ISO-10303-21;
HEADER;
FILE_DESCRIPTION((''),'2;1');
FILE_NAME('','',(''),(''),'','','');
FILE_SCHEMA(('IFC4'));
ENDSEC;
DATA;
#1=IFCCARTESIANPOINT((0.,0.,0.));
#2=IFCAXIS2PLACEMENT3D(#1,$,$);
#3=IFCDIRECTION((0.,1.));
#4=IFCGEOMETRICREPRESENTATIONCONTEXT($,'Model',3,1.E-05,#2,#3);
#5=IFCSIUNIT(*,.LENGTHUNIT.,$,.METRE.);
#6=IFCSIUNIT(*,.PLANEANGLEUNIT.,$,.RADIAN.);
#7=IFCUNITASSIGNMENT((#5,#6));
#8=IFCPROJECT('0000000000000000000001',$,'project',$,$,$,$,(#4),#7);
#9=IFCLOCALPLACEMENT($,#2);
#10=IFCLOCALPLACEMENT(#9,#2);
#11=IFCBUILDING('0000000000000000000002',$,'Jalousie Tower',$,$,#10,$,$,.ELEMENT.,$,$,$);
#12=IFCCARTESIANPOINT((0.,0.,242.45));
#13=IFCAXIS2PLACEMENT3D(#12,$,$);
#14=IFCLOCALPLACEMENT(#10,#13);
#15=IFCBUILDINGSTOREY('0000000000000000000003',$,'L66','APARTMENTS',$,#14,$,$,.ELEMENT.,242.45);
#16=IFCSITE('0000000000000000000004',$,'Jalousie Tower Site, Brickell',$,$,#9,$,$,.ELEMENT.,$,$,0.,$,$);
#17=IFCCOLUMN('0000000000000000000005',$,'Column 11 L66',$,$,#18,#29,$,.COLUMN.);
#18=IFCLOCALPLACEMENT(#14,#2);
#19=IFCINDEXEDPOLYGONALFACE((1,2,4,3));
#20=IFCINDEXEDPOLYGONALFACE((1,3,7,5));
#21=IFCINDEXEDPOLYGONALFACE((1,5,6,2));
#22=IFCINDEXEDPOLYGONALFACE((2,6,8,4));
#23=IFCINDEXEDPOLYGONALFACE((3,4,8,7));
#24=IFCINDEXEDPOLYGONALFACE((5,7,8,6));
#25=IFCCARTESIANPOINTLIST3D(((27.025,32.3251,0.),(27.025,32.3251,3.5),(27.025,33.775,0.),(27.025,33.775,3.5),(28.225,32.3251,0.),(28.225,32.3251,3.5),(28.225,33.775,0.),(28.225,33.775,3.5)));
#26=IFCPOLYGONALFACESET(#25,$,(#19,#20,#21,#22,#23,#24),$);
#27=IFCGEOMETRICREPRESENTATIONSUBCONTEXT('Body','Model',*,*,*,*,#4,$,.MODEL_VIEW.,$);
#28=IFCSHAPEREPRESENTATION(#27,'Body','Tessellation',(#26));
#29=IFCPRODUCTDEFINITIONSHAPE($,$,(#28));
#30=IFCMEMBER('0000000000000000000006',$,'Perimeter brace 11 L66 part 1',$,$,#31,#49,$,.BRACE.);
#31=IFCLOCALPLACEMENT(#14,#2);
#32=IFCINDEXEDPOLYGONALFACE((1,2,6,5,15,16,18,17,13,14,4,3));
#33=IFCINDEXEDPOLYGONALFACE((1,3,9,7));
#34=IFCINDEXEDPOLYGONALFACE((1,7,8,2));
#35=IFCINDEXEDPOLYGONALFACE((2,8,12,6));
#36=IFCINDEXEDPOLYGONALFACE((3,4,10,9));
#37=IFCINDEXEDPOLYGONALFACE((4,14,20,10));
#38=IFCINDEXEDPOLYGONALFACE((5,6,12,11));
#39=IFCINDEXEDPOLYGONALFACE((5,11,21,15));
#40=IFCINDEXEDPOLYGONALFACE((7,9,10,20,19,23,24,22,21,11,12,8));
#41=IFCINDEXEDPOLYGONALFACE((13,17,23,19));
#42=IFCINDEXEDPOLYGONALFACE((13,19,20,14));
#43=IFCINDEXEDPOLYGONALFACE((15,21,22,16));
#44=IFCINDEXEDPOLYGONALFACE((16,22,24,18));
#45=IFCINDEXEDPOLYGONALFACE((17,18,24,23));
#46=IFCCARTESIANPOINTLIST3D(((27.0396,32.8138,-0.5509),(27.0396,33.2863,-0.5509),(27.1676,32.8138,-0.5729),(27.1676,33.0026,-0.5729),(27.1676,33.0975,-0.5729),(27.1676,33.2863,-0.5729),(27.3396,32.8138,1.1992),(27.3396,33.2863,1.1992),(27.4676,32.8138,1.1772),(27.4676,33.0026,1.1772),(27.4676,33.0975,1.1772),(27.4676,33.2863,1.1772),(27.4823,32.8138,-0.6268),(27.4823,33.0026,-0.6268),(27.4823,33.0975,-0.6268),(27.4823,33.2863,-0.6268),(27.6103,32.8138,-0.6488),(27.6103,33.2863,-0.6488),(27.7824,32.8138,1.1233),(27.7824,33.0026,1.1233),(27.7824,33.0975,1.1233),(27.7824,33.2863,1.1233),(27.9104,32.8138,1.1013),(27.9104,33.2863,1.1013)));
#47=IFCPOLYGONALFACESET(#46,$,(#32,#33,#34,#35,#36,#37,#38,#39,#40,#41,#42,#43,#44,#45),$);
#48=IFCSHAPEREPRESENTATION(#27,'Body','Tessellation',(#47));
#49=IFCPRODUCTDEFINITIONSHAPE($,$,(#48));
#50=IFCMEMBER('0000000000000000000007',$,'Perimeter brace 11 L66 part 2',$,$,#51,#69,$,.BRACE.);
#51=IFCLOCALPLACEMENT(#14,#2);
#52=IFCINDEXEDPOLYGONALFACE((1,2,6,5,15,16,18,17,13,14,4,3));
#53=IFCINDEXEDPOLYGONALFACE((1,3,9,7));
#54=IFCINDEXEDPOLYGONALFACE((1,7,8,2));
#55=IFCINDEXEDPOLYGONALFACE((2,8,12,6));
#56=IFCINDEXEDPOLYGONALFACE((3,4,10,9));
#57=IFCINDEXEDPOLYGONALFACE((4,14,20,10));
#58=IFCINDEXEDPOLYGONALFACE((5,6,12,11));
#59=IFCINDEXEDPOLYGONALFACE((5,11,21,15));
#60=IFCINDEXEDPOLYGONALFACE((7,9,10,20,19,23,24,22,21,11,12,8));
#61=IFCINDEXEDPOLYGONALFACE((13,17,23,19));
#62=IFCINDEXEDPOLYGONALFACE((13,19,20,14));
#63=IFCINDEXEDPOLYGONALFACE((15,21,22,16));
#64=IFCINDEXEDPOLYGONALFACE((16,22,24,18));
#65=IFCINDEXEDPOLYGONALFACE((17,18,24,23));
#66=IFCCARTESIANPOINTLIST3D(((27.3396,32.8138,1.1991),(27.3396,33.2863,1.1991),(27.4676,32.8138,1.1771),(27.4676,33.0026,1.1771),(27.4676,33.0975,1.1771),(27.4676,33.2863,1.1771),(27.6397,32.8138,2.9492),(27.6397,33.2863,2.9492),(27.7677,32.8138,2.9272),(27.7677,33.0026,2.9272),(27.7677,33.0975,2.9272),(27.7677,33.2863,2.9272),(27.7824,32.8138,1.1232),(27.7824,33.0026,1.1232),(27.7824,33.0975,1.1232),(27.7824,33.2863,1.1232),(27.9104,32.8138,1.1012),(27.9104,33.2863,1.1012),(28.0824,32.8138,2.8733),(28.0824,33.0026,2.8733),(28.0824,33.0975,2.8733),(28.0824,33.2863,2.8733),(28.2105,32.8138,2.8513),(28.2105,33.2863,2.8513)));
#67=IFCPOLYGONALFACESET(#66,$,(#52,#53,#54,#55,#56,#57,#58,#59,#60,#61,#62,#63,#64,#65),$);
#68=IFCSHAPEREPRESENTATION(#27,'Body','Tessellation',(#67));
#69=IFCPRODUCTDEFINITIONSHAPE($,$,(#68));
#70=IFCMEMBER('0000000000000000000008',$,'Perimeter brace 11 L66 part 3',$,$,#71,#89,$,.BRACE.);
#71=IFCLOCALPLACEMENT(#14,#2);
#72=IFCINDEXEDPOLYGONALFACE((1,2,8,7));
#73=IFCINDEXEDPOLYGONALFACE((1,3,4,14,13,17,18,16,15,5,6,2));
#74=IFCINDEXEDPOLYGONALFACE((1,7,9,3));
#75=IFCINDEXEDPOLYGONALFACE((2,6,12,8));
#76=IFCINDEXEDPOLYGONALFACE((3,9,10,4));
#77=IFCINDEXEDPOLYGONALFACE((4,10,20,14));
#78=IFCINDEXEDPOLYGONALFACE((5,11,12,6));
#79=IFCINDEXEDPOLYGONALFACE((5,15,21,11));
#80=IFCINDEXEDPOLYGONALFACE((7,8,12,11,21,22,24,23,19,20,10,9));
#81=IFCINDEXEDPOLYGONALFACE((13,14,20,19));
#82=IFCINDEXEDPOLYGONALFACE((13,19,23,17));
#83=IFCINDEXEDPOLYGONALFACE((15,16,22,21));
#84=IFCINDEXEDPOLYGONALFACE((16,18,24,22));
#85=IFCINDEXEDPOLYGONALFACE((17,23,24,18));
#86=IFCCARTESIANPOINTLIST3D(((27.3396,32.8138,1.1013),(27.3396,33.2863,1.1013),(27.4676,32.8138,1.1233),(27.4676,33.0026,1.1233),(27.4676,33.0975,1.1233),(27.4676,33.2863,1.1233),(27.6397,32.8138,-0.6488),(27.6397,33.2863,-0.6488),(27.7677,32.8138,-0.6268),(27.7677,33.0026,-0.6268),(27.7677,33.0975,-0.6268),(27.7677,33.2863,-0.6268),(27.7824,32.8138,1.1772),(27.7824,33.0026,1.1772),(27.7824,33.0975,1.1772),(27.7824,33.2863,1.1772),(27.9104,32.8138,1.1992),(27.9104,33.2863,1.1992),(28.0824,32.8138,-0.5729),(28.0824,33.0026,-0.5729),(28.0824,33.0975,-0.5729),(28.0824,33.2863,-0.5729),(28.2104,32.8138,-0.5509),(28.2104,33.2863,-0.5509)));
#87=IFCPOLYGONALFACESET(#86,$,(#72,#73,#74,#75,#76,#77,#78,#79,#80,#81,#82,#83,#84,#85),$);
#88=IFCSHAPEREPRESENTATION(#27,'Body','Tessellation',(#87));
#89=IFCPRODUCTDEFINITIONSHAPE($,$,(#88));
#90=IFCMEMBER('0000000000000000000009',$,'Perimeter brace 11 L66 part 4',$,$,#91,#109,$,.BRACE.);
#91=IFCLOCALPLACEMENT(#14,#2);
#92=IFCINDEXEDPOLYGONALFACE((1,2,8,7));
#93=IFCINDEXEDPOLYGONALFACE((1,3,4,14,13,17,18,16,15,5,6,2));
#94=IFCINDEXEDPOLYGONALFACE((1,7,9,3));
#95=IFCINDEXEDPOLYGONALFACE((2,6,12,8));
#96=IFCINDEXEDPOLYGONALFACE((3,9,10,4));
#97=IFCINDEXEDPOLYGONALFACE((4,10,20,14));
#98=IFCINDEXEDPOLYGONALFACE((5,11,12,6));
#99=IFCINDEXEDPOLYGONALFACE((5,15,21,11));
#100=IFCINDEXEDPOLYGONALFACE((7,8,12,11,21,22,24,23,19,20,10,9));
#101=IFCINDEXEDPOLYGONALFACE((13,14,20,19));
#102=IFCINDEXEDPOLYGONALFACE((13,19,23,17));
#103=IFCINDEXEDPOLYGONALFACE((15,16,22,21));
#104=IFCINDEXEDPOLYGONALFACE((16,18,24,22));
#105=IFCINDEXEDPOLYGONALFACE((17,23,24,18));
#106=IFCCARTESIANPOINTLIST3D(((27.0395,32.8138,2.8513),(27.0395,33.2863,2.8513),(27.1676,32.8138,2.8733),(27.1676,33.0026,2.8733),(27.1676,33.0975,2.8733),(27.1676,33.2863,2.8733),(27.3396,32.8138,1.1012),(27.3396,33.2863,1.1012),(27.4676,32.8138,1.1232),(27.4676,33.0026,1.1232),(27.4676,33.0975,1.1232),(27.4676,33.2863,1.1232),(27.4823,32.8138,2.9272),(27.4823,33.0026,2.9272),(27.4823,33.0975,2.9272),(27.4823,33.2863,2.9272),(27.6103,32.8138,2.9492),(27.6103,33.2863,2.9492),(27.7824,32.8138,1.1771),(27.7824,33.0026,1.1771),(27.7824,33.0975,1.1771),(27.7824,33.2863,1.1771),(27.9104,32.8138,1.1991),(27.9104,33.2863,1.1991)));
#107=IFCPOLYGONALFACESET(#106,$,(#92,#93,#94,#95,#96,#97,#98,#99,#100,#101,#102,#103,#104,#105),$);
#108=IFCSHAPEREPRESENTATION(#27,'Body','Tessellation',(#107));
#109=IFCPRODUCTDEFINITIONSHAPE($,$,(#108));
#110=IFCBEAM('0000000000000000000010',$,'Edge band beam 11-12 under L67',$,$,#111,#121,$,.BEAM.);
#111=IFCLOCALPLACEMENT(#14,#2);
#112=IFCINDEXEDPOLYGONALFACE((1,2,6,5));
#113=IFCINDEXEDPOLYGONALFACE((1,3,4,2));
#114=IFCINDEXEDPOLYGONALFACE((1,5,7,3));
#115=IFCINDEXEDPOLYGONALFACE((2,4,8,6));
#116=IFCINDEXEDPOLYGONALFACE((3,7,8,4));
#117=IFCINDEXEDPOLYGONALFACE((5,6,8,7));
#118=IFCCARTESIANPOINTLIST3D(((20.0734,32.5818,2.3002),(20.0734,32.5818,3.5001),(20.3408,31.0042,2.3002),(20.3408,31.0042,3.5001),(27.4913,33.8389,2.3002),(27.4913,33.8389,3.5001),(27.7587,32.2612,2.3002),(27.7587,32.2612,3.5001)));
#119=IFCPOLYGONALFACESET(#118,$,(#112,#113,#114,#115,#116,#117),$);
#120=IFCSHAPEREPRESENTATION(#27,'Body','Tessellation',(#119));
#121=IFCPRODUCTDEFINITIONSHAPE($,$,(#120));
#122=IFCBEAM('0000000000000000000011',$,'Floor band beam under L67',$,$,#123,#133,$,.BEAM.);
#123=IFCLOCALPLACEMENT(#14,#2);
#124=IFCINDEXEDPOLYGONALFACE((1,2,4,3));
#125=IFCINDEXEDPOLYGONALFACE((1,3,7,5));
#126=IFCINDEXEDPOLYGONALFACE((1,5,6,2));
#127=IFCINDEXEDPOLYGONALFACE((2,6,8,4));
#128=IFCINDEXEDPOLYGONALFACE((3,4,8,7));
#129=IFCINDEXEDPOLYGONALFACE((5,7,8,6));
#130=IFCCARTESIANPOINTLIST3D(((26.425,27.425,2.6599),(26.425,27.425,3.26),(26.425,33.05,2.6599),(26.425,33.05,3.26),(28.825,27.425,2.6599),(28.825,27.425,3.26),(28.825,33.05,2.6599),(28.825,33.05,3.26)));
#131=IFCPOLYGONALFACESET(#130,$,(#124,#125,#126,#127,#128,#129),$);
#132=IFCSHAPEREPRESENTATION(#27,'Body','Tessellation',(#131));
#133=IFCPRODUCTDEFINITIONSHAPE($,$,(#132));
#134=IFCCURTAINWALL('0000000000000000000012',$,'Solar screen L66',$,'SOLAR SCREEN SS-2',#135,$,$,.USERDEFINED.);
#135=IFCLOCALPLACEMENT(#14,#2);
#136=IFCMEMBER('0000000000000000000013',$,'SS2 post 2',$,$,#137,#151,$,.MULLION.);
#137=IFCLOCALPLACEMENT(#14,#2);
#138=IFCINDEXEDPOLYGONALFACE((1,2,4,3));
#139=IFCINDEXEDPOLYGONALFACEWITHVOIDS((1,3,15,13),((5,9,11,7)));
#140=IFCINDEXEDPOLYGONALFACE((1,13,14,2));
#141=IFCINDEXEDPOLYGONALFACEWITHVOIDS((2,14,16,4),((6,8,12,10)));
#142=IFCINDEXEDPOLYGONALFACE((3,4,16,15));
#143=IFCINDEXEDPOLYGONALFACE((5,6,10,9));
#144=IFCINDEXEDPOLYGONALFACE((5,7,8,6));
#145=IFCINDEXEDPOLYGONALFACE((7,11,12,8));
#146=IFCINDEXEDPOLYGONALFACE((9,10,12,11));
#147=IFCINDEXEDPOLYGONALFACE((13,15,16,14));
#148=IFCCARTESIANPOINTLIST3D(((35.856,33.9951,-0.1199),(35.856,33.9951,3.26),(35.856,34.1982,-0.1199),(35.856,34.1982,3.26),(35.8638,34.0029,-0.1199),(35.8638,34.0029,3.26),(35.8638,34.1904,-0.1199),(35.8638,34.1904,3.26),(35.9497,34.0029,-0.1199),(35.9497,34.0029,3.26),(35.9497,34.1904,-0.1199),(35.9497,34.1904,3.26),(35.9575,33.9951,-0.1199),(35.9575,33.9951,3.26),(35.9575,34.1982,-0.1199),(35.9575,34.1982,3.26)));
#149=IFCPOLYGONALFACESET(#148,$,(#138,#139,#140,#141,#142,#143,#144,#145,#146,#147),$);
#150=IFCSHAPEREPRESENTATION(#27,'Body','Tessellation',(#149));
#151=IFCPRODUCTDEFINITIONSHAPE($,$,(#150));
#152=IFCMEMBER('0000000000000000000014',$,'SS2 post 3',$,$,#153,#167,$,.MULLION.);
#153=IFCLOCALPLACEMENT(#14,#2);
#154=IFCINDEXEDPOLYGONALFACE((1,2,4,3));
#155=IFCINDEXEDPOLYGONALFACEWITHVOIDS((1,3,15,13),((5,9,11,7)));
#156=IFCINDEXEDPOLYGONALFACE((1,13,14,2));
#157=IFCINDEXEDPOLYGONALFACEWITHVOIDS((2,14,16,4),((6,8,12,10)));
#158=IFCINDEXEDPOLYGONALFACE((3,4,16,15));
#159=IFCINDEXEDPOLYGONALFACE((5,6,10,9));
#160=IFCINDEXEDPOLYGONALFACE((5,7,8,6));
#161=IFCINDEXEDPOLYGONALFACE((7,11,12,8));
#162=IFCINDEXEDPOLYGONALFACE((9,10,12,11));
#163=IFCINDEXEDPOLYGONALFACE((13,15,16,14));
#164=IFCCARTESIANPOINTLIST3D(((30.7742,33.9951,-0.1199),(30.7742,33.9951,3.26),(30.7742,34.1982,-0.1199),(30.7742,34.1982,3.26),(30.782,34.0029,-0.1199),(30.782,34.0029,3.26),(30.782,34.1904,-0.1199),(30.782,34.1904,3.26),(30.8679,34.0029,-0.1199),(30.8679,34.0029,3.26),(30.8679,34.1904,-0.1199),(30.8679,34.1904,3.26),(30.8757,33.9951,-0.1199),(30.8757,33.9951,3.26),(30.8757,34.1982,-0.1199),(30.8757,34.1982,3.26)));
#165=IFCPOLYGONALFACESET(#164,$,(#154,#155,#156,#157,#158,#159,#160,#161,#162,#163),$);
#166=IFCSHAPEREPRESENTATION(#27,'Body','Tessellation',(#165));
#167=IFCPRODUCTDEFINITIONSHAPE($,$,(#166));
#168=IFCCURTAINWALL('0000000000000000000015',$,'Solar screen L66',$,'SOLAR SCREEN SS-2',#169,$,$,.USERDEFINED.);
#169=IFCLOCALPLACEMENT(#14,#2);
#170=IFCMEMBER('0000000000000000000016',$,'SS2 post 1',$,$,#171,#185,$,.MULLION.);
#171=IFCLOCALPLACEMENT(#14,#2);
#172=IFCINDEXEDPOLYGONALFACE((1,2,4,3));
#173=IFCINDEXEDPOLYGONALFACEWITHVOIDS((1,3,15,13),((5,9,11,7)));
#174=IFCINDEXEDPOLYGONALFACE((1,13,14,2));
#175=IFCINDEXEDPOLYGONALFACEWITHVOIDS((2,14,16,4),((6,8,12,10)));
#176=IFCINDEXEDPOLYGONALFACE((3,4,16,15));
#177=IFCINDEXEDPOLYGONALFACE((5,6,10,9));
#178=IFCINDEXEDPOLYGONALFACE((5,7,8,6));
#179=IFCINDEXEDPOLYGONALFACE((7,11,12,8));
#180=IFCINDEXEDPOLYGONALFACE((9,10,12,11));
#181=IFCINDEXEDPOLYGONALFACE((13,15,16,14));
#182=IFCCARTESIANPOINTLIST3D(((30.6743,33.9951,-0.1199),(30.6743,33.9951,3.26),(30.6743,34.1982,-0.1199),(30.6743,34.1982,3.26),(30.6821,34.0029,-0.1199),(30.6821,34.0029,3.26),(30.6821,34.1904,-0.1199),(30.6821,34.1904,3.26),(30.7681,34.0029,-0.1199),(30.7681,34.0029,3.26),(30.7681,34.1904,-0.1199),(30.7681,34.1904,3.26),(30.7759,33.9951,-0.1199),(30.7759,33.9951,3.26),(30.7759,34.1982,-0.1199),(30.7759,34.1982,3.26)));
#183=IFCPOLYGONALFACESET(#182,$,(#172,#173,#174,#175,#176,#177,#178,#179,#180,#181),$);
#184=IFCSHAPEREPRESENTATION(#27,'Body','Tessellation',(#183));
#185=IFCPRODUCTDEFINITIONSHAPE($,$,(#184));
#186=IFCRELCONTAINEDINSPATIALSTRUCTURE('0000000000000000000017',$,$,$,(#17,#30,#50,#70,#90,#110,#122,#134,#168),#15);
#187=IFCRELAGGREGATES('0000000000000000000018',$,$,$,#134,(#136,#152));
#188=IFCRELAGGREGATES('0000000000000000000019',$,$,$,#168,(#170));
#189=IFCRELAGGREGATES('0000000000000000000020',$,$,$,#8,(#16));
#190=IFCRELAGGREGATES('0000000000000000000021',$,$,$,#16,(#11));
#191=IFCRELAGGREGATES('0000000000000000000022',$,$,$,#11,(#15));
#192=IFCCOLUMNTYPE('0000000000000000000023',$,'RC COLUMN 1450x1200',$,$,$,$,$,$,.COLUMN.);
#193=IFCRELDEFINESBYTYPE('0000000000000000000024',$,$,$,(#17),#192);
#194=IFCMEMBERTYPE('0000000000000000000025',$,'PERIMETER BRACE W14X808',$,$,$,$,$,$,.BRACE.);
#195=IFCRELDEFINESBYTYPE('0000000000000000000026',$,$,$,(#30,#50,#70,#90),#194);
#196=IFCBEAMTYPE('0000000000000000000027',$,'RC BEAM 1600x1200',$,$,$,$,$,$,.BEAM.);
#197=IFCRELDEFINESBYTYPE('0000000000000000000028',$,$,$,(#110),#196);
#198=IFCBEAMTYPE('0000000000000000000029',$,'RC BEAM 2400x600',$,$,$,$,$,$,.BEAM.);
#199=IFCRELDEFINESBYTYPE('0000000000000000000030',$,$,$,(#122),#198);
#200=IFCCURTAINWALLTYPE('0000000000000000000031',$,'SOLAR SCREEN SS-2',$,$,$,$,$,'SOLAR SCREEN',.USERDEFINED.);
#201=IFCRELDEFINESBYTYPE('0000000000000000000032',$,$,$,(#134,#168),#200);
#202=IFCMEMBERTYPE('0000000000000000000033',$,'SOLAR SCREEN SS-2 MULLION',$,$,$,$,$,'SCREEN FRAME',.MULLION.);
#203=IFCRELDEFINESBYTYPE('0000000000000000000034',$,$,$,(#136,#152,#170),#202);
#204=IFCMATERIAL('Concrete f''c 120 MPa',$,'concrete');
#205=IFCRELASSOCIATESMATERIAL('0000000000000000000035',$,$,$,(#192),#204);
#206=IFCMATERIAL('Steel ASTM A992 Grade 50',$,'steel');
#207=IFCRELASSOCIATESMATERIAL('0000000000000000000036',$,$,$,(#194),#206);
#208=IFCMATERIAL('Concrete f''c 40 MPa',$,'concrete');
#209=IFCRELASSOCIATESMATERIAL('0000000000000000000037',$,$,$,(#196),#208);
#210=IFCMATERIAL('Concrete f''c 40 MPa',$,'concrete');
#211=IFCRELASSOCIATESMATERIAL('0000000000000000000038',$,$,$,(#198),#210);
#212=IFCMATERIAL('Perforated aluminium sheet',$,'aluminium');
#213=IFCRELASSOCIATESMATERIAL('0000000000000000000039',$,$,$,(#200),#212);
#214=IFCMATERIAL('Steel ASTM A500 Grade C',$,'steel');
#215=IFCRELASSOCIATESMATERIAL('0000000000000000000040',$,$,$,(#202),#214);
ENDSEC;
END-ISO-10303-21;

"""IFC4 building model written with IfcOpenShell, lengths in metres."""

from ifc_helpers import new_model, si_unit, direction, frame, origin, origin_2d, place, context, subcontext, project, spatial, rectangle, hollow_rectangle, i_section, extrude, material, material_profile, profile_set, type_object, element, aggregate, save


model = new_model("IFC4")

# Units and contexts
model_context = context("Model", 3, precision=1e-05, world=origin(), true_north=direction((0.0, 1.0)))
body_context = subcontext(model_context, "Body", "Model", "MODEL_VIEW")
ifc_project = project(units=[si_unit("LENGTHUNIT", "METRE"), si_unit("PLANEANGLEUNIT", "RADIAN")], contexts=[model_context])

# Site, building, storey
site_placement = place(None, origin())
site = spatial("IfcSite", under=ifc_project, at=site_placement, Name="Jalousie Tower Site, Brickell", CompositionType="ELEMENT", RefElevation=0.0)
building_placement = place(site_placement, origin())
building = spatial("IfcBuilding", under=site, at=building_placement, Name="Jalousie Tower", CompositionType="ELEMENT")
storey_placement = place(building_placement, frame((0.0, 0.0, 242.45)))
storey = spatial("IfcBuildingStorey", under=building, at=storey_placement, Name="L66", Description="APARTMENTS", CompositionType="ELEMENT", Elevation=242.45)

# Column
ifc_material_1 = material(Name="Concrete f'c 120 MPa", Category="concrete")
ifc_material_profile_1 = material_profile(ifc_material_1, rectangle(XDim=1.45, YDim=1.2, at=origin_2d()), Name="RC 1450x1200")
ifc_profile_set_1 = profile_set([ifc_material_profile_1], Name="Concrete f'c 120 MPa")
column_type = type_object("IfcColumnType", Name="RC COLUMN 1450x1200", PredefinedType="COLUMN", material=ifc_profile_set_1)
column_placement = place(storey_placement, frame((27.625, 33.05, 0.0), z_axis=(0.0, 0.0, 1.0), x_axis=(0.0, 1.0, 0.0)))
element("IfcColumn", 1, at=column_placement, inside=storey, type_object=column_type, Name="Column 11 L66", PredefinedType="COLUMN", context=body_context, shape_type="SweptSolid", body=[
    extrude(rectangle(XDim=1.45, YDim=1.2, at=origin_2d()), origin(), (0.0, 0.0, 1.0), 3.5),
])

# Members
ifc_material_2 = material(Name="Steel ASTM A992 Grade 50", Category="steel")
ifc_material_profile_2 = material_profile(ifc_material_2, i_section(OverallWidth=0.4724, OverallDepth=0.5791, WebThickness=0.095, FlangeThickness=0.1299, at=origin_2d()), Name="W14X808")
ifc_profile_set_2 = profile_set([ifc_material_profile_2], Name="Steel ASTM A992 Grade 50")
member_type_1 = type_object("IfcMemberType", Name="PERIMETER BRACE W14X808", PredefinedType="BRACE", material=ifc_profile_set_2)
for number, where, z_axis, x_axis, name in (
    (2, (27.325, 33.05, -0.5999), (0.168991, 0.0, 0.985618), (0.0, 1.0, 0.0), "Perimeter brace 11 L66 part 1"),
    (3, (27.625, 33.05, 1.1501), (0.168991, 0.0, 0.985618), (0.0, 1.0, 0.0), "Perimeter brace 11 L66 part 2"),
    (4, (27.925, 33.05, -0.5999), (-0.168991, 0.0, 0.985618), (0.0, -1.0, 0.0), "Perimeter brace 11 L66 part 3"),
    (5, (27.625, 33.05, 1.1501), (-0.168991, 0.0, 0.985618), (0.0, -1.0, 0.0), "Perimeter brace 11 L66 part 4"),
):
    element("IfcMember", number, at=place(storey_placement, frame(where, z_axis=z_axis, x_axis=x_axis)), inside=storey, type_object=member_type_1, Name=name, PredefinedType="BRACE", context=body_context, shape_type="SweptSolid", body=[
        extrude(i_section(OverallWidth=0.4724, OverallDepth=0.5791, WebThickness=0.095, FlangeThickness=0.1299, at=origin_2d()), origin(), (0.0, 0.0, 1.0), 1.7756),
    ])

# Beams
ifc_material_3 = material(Name="Concrete f'c 40 MPa", Category="concrete")
ifc_material_profile_3 = material_profile(ifc_material_3, rectangle(XDim=1.6001, YDim=1.2, at=origin_2d()), Name="RC 1600x1200")
ifc_profile_set_3 = profile_set([ifc_material_profile_3], Name="Concrete f'c 40 MPa")
beam_type_1 = type_object("IfcBeamType", Name="RC BEAM 1600x1200", PredefinedType="BEAM", material=ifc_profile_set_3)
beam_1_placement = place(storey_placement, frame((27.625, 33.05, 2.9001), z_axis=(-0.985943, -0.167082, 0.0), x_axis=(0.167082, -0.985943, 0.0)))
element("IfcBeam", 6, at=beam_1_placement, inside=storey, type_object=beam_type_1, Name="Edge band beam 11-12 under L67", PredefinedType="BEAM", context=body_context, shape_type="SweptSolid", body=[
    extrude(rectangle(XDim=1.6001, YDim=1.2, at=origin_2d()), origin(), (0.0, 0.0, 1.0), 7.5237),
])
ifc_material_4 = material(Name="Concrete f'c 40 MPa", Category="concrete")
ifc_material_profile_4 = material_profile(ifc_material_4, rectangle(XDim=2.3999, YDim=0.6001, at=origin_2d()), Name="RC 2400x600")
ifc_profile_set_4 = profile_set([ifc_material_profile_4], Name="Concrete f'c 40 MPa")
beam_type_2 = type_object("IfcBeamType", Name="RC BEAM 2400x600", PredefinedType="BEAM", material=ifc_profile_set_4)
beam_2_placement = place(storey_placement, frame((27.625, 33.05, 2.96), z_axis=(0.0, -1.0, 0.0), x_axis=(1.0, 0.0, 0.0)))
element("IfcBeam", 7, at=beam_2_placement, inside=storey, type_object=beam_type_2, Name="Floor band beam under L67", PredefinedType="BEAM", context=body_context, shape_type="SweptSolid", body=[
    extrude(rectangle(XDim=2.3999, YDim=0.6001, at=origin_2d()), origin(), (0.0, 0.0, 1.0), 5.625),
])

# Curtain walls, members
ifc_material_5 = material(Name="Perforated aluminium sheet", Category="aluminium")
curtain_wall_type = type_object("IfcCurtainWallType", Name="SOLAR SCREEN SS-2", ElementType="SOLAR SCREEN", PredefinedType="USERDEFINED", material=ifc_material_5)
curtain_wall_1_placement = place(storey_placement, origin())
curtain_wall_1 = element("IfcCurtainWall", 8, at=curtain_wall_1_placement, inside=storey, type_object=curtain_wall_type, Name="Solar screen L66", ObjectType="SOLAR SCREEN SS-2", PredefinedType="USERDEFINED")
ifc_material_6 = material(Name="Steel ASTM A500 Grade C", Category="steel")
ifc_material_profile_5 = material_profile(ifc_material_6, hollow_rectangle(XDim=0.1016, YDim=0.2031, WallThickness=0.0078, at=origin_2d()), Name="HSS8X4X5/16")
ifc_profile_set_5 = profile_set([ifc_material_profile_5], Name="Steel ASTM A500 Grade C")
member_type_2 = type_object("IfcMemberType", Name="SOLAR SCREEN SS-2 MULLION", ElementType="SCREEN FRAME", PredefinedType="MULLION", material=ifc_profile_set_5)
member_1_placement = place(storey_placement, frame((35.9067, 34.0967, -0.1199), z_axis=(0.0, 0.0, 1.0), x_axis=(-1.0, 0.0, 0.0)))
member_1 = element("IfcMember", 9, at=member_1_placement, type_object=member_type_2, Name="SS2 post 2", PredefinedType="MULLION", context=body_context, shape_type="SweptSolid", body=[
    extrude(hollow_rectangle(XDim=0.1016, YDim=0.2031, WallThickness=0.0078, at=origin_2d()), origin(), (0.0, 0.0, 1.0), 3.3799),
])
member_2_placement = place(storey_placement, frame((30.825, 34.0967, -0.1199), z_axis=(0.0, 0.0, 1.0), x_axis=(-1.0, 0.0, 0.0)))
member_2 = element("IfcMember", 10, at=member_2_placement, type_object=member_type_2, Name="SS2 post 3", PredefinedType="MULLION", context=body_context, shape_type="SweptSolid", body=[
    extrude(hollow_rectangle(XDim=0.1016, YDim=0.2031, WallThickness=0.0078, at=origin_2d()), origin(), (0.0, 0.0, 1.0), 3.3799),
])
curtain_wall_2_placement = place(storey_placement, origin())
curtain_wall_2 = element("IfcCurtainWall", 11, at=curtain_wall_2_placement, inside=storey, type_object=curtain_wall_type, Name="Solar screen L66", ObjectType="SOLAR SCREEN SS-2", PredefinedType="USERDEFINED")
member_3_placement = place(storey_placement, frame((30.7251, 34.0967, -0.1199), z_axis=(0.0, 0.0, 1.0), x_axis=(-1.0, 0.0, 0.0)))
member_3 = element("IfcMember", 12, at=member_3_placement, type_object=member_type_2, Name="SS2 post 1", PredefinedType="MULLION", context=body_context, shape_type="SweptSolid", body=[
    extrude(hollow_rectangle(XDim=0.1016, YDim=0.2031, WallThickness=0.0078, at=origin_2d()), origin(), (0.0, 0.0, 1.0), 3.3799),
])

aggregate(curtain_wall_1, [member_1, member_2])
aggregate(curtain_wall_2, [member_3])

save(model, "model.ifc")
